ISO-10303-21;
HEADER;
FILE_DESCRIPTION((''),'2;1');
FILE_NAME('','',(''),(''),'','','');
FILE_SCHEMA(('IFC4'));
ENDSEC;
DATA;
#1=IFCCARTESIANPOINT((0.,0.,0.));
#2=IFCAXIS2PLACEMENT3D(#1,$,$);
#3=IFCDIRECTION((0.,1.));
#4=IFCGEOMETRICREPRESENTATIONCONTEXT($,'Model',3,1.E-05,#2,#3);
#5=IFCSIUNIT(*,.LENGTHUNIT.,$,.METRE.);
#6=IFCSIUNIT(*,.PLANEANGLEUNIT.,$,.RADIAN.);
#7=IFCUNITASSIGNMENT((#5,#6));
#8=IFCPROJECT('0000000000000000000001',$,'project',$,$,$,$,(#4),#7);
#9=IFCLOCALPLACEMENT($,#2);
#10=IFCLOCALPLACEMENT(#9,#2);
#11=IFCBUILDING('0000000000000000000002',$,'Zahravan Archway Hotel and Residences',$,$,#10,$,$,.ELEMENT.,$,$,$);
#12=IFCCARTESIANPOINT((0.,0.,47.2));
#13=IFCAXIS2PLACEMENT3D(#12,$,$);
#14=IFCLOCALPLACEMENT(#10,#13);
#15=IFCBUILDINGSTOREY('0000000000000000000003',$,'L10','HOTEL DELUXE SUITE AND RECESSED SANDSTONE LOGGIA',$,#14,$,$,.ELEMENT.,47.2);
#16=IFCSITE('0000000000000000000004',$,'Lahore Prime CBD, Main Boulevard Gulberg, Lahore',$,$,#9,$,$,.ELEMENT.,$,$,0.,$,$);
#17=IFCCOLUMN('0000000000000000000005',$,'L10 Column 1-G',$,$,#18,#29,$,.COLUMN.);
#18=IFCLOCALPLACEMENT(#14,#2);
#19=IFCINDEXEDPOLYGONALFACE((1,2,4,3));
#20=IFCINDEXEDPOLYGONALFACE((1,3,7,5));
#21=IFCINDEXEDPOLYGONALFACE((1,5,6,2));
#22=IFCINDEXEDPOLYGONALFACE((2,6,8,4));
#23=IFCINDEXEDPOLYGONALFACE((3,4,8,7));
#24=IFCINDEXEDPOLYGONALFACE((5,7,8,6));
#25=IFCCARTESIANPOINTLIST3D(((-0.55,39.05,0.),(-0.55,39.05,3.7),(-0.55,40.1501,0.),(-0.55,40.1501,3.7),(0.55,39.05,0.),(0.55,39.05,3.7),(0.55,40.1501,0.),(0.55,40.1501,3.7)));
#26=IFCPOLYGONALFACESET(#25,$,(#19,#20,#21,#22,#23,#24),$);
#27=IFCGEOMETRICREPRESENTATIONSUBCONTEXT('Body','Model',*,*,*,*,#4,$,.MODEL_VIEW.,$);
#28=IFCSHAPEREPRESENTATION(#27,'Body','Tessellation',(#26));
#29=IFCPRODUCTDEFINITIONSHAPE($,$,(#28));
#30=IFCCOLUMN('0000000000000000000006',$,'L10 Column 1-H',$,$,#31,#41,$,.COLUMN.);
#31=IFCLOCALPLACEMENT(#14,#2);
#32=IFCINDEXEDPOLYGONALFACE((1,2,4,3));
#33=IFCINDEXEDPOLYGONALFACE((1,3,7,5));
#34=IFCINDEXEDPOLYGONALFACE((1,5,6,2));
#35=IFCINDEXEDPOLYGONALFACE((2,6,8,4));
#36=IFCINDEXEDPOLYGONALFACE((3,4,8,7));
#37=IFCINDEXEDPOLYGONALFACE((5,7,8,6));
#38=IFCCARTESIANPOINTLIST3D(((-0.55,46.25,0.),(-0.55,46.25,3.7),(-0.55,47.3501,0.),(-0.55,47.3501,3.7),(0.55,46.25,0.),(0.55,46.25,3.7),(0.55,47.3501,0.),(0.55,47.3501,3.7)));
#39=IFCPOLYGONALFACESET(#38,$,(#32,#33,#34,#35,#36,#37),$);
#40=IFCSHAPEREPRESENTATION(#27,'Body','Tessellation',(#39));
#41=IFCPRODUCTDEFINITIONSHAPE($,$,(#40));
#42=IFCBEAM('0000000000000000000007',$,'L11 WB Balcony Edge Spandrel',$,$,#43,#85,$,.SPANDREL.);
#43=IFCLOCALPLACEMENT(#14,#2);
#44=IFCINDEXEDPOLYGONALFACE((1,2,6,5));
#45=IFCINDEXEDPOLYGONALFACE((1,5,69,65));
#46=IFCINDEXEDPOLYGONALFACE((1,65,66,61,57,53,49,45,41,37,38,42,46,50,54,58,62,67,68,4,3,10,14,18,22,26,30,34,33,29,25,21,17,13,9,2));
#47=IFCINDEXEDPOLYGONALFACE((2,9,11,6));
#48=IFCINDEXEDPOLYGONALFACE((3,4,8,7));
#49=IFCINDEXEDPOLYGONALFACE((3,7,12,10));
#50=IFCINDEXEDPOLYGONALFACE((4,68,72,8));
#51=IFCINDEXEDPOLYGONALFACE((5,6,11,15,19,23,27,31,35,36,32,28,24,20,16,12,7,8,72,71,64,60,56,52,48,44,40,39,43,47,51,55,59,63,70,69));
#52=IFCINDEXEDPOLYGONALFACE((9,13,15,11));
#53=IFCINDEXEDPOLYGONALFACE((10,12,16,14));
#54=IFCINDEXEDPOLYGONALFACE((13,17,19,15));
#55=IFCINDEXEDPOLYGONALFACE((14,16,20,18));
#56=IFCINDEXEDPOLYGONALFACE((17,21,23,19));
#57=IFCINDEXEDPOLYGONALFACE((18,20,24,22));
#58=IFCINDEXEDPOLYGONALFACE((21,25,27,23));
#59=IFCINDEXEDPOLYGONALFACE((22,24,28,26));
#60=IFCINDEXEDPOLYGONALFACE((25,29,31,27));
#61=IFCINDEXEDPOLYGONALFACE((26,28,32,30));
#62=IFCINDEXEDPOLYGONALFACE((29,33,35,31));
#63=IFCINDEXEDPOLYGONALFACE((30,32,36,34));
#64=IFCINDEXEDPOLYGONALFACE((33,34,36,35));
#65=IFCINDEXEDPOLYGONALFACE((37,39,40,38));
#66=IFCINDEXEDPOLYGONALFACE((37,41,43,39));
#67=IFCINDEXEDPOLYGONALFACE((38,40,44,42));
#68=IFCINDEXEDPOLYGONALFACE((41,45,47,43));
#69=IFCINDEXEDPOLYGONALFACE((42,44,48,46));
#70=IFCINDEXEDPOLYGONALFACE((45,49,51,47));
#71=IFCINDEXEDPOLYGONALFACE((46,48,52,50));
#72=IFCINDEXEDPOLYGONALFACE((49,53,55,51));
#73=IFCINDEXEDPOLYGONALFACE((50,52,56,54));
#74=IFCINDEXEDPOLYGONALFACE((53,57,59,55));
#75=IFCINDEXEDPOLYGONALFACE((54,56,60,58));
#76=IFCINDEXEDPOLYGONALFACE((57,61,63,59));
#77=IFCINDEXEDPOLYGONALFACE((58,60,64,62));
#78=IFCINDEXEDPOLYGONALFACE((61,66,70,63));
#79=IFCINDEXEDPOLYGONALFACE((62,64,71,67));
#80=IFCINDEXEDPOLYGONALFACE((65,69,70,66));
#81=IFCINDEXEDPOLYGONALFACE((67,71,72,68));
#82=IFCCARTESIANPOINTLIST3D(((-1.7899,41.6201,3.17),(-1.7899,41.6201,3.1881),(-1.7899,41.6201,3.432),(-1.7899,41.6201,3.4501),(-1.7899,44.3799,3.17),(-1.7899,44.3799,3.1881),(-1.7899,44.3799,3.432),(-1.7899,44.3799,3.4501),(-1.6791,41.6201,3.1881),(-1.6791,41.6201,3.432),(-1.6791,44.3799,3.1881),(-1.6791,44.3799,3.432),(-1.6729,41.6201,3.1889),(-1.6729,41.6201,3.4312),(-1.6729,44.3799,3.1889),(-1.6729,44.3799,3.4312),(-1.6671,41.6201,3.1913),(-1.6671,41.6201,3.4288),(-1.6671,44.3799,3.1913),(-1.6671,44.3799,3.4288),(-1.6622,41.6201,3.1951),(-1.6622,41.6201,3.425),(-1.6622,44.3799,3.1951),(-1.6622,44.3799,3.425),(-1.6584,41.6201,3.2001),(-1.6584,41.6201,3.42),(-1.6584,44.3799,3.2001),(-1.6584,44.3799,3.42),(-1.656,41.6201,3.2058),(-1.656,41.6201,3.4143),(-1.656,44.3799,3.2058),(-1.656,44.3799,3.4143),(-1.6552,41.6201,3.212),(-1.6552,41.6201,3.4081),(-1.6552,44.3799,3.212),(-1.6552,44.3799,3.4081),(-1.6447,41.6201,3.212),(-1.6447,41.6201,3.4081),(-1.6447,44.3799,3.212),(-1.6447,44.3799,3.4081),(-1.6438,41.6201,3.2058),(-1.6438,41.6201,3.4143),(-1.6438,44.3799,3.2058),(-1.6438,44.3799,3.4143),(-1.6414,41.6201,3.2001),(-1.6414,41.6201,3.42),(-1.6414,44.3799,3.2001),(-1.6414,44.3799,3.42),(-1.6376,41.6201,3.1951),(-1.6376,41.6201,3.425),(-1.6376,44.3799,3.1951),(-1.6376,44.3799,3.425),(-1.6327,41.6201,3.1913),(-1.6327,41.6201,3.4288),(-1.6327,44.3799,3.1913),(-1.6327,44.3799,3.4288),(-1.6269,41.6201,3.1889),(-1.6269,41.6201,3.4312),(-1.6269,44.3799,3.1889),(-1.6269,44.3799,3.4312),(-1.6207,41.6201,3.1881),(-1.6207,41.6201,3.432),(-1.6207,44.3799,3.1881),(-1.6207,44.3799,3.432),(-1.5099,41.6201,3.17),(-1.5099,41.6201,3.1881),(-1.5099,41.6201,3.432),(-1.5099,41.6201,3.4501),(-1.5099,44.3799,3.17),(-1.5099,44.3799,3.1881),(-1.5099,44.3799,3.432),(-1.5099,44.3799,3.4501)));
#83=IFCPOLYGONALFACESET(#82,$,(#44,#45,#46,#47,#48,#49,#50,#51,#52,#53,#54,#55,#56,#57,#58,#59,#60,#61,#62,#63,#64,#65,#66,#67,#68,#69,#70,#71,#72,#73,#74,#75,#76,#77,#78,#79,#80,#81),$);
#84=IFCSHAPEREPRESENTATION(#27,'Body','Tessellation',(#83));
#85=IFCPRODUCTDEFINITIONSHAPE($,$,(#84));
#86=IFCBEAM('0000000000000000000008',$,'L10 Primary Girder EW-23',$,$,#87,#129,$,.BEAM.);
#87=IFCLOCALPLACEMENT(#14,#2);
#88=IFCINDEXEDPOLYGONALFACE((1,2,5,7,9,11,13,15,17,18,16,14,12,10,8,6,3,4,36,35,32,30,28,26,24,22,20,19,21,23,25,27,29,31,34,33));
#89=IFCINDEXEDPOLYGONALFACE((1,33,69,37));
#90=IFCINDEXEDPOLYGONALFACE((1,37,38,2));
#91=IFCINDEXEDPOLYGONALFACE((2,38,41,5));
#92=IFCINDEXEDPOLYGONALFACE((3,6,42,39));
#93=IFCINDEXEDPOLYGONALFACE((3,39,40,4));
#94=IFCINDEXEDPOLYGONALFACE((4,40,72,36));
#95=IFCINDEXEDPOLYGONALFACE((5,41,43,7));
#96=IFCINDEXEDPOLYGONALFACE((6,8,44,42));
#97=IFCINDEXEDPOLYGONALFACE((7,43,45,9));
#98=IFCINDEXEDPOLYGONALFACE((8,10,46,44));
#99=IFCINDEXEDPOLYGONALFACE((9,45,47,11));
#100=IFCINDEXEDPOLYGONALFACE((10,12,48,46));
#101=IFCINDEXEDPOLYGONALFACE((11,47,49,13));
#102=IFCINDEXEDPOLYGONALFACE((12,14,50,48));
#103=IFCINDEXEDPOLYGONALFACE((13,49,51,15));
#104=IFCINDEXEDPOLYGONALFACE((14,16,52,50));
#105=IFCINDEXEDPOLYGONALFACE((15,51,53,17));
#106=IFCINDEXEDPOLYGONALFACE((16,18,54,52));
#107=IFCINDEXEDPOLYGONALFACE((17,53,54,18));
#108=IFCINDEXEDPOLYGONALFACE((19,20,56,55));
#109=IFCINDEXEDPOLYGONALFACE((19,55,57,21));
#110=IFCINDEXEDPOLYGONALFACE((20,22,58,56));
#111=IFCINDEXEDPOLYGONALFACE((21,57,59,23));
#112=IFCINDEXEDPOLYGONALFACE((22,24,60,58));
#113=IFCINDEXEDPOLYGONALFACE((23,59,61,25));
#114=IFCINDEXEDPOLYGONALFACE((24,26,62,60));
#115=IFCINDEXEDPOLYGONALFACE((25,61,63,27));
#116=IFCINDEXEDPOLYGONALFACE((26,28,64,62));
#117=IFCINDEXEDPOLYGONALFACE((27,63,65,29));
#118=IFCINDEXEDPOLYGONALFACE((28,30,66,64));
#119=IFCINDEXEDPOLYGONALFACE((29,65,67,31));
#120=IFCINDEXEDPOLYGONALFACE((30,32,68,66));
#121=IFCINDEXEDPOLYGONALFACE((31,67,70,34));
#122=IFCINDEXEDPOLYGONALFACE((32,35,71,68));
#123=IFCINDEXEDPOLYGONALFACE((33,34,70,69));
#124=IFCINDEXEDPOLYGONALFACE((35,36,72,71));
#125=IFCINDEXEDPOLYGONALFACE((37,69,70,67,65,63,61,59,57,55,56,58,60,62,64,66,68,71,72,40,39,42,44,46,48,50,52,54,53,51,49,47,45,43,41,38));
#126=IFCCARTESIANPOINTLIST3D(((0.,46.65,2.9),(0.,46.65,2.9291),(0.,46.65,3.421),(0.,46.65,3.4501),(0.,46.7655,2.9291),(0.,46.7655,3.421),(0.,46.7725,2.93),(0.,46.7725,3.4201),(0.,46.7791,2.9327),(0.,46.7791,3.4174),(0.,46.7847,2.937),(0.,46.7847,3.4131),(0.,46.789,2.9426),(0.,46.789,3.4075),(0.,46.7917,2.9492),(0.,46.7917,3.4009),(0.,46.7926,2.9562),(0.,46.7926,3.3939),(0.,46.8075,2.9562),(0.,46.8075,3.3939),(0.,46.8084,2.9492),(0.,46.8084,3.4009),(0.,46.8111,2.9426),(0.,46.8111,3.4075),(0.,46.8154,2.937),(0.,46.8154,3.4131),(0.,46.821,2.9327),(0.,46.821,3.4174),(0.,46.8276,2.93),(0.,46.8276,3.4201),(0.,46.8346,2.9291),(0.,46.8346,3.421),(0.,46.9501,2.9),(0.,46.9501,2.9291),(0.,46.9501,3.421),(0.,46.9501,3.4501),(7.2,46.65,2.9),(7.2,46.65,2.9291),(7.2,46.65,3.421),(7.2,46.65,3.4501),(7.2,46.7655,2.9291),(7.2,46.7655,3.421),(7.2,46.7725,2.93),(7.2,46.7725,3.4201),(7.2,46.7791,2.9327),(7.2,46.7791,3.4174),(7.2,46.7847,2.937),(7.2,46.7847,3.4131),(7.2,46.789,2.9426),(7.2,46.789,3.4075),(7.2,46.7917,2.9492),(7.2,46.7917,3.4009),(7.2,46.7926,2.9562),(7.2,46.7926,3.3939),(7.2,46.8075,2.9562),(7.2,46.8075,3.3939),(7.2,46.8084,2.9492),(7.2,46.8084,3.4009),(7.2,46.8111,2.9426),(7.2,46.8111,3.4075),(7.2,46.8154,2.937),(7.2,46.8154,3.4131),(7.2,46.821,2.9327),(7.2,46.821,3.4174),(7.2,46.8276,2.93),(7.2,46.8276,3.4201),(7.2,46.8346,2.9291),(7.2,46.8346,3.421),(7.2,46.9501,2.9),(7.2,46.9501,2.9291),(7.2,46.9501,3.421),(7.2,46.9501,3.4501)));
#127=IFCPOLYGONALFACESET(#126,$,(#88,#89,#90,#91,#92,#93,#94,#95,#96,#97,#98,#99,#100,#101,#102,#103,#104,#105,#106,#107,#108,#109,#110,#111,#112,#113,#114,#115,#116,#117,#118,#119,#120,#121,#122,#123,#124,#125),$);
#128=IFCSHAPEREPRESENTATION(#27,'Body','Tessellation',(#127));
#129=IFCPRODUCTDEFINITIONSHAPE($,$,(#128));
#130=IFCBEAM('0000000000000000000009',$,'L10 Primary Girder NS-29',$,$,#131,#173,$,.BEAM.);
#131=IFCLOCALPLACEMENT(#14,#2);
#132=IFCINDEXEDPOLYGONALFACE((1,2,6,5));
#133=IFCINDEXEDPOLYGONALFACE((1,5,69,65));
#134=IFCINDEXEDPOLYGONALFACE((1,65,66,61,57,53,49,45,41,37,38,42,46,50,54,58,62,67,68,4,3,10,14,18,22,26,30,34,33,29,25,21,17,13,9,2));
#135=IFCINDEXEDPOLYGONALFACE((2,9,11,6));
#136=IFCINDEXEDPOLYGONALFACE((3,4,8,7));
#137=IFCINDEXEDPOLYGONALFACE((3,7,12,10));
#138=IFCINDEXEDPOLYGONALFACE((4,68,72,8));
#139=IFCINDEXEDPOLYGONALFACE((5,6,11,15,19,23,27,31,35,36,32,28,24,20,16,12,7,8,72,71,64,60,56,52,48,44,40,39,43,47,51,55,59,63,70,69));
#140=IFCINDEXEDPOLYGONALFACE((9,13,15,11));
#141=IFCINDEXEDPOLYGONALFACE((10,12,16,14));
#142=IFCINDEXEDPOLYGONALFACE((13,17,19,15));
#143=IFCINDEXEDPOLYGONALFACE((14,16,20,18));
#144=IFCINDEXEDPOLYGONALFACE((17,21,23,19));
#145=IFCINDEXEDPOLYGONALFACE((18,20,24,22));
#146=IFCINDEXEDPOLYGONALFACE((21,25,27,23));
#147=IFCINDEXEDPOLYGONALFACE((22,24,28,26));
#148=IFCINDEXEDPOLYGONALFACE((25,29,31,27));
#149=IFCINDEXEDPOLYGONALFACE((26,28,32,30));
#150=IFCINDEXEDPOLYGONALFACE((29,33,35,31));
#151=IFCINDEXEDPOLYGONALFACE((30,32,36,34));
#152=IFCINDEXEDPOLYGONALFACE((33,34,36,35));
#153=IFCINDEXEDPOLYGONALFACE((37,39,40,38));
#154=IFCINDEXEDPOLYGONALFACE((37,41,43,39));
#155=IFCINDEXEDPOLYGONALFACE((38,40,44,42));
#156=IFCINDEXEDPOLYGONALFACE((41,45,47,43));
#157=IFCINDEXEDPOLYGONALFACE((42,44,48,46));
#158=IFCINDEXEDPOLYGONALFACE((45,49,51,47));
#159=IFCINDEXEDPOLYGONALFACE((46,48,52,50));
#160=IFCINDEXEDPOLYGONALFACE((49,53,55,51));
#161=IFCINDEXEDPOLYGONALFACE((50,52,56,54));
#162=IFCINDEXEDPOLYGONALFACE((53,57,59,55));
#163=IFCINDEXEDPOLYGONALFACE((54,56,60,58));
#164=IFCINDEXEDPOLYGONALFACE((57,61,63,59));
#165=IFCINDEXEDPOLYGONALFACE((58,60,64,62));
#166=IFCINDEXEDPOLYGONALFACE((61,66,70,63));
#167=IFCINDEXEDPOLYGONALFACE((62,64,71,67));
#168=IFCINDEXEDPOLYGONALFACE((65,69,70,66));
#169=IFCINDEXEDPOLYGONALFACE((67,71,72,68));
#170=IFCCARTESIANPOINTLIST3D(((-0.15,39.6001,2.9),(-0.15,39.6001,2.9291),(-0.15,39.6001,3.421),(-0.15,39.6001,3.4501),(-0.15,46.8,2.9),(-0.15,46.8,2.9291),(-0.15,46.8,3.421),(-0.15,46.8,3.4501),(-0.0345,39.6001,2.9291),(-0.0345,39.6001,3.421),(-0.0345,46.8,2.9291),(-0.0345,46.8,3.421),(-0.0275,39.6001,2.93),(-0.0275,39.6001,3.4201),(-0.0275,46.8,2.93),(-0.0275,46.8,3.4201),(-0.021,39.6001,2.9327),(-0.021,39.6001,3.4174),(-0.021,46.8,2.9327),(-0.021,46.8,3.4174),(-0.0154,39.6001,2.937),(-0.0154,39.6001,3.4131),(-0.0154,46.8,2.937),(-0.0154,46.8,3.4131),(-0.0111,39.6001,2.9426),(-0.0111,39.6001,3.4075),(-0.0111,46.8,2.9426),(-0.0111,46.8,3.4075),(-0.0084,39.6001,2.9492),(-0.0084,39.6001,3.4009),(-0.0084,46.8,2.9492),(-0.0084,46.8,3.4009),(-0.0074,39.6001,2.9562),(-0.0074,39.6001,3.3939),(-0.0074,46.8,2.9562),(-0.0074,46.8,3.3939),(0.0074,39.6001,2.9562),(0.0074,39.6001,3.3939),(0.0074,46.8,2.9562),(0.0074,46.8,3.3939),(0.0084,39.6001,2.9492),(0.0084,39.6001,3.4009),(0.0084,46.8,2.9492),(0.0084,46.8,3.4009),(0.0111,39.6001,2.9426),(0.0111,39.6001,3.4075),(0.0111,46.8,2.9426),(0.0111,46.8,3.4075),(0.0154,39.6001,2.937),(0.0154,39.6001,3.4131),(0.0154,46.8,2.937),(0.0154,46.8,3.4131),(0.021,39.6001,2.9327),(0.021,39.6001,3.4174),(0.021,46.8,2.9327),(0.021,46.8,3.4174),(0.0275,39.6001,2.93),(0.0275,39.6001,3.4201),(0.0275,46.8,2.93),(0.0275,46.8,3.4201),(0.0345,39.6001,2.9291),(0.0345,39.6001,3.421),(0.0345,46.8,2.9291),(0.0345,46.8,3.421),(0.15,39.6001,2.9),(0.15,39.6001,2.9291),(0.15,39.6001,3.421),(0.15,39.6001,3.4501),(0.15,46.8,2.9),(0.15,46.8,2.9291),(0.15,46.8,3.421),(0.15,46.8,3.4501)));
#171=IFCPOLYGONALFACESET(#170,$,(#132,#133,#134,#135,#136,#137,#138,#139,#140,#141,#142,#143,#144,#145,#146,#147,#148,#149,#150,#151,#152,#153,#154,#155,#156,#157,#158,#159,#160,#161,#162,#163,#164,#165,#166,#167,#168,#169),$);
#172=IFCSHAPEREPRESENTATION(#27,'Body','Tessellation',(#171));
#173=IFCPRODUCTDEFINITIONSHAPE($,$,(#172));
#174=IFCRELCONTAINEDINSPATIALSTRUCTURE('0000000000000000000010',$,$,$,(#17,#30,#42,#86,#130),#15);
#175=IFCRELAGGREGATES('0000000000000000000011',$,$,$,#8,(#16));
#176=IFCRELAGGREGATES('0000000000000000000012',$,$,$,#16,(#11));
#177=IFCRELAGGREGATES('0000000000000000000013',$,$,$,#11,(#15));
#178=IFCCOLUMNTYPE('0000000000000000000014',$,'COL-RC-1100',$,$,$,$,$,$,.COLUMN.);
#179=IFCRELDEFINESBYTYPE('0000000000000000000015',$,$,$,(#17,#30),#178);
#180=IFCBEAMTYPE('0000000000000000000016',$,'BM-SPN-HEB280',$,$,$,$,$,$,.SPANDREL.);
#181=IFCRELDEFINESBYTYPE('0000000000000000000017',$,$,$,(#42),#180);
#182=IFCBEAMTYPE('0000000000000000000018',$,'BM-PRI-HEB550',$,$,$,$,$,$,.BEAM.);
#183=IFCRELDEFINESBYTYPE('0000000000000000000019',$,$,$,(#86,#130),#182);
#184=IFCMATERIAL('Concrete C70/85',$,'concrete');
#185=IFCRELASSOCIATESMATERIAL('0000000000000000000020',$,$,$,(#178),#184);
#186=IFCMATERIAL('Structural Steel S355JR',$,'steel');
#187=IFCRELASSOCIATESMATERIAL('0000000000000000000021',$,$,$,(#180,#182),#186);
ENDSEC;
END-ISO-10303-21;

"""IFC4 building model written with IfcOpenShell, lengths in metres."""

from ifc_helpers import new_model, si_unit, direction, frame, origin, origin_2d, place, context, subcontext, project, spatial, rectangle, i_section, extrude, source, transform, mapped, material, material_profile, profile_set, type_object, element, save


model = new_model("IFC4")

# Units and contexts
model_context = context("Model", 3, precision=1e-05, world=origin(), true_north=direction((0.0, 1.0)))
body_context = subcontext(model_context, "Body", "Model", "MODEL_VIEW")
ifc_project = project(units=[si_unit("LENGTHUNIT", "METRE"), si_unit("PLANEANGLEUNIT", "RADIAN")], contexts=[model_context])

# Site, building, storey
site_placement = place(None, origin())
site = spatial("IfcSite", under=ifc_project, at=site_placement, Name="Lahore Prime CBD, Main Boulevard Gulberg, Lahore", CompositionType="ELEMENT", RefElevation=0.0)
building_placement = place(site_placement, origin())
building = spatial("IfcBuilding", under=site, at=building_placement, Name="Zahravan Archway Hotel and Residences", CompositionType="ELEMENT")
storey_placement = place(building_placement, frame((0.0, 0.0, 47.2)))
storey = spatial("IfcBuildingStorey", under=building, at=storey_placement, Name="L10", Description="HOTEL DELUXE SUITE AND RECESSED SANDSTONE LOGGIA", CompositionType="ELEMENT", Elevation=47.2)

# Columns
ifc_material_1 = material(Name="Concrete C70/85", Category="concrete")
ifc_material_profile_1 = material_profile(ifc_material_1, rectangle(XDim=1.1001, YDim=1.1001, at=origin_2d()), Name="RC 1100x1100", Category="concrete")
ifc_profile_set_1 = profile_set([ifc_material_profile_1], Name="Concrete C70/85")
column_type = type_object("IfcColumnType", Name="COL-RC-1100", PredefinedType="COLUMN", material=ifc_profile_set_1)
shared_shape_1 = source(origin(), body_context, "Body", "SweptSolid", [
    extrude(rectangle(XDim=1.1001, YDim=1.1001, at=origin_2d()), origin(), (0.0, 0.0, 1.0), 3.7),
])
for number, where, z_axis, x_axis, name in (
    (1, (0.0, 39.6001, 0.0), (0.0, 0.0, 1.0), (1.0, 0.0, 0.0), "L10 Column 1-G"),
    (2, (0.0, 46.8, 0.0), (0.0, 0.0, 1.0), (1.0, 0.0, 0.0), "L10 Column 1-H"),
):
    element("IfcColumn", number, at=place(storey_placement, frame(where, z_axis=z_axis, x_axis=x_axis)), inside=storey, type_object=column_type, Name=name, PredefinedType="COLUMN", context=body_context, shape_type="MappedRepresentation", body=[
        mapped(shared_shape_1, transform((0.0, 0.0, 0.0), scale=1.0)),
    ])

# Beams
ifc_material_2 = material(Name="Structural Steel S355JR", Category="steel")
ifc_material_profile_2 = material_profile(ifc_material_2, i_section(OverallWidth=0.28, OverallDepth=0.28, WebThickness=0.0105, FlangeThickness=0.0181, FilletRadius=0.0239, at=origin_2d()), Name="HEB 280", Category="steel")
ifc_profile_set_2 = profile_set([ifc_material_profile_2], Name="Structural Steel S355JR")
beam_type_1 = type_object("IfcBeamType", Name="BM-SPN-HEB280", PredefinedType="SPANDREL", material=ifc_profile_set_2)
shared_shape_2 = source(origin(), body_context, "Body", "SweptSolid", [
    extrude(i_section(OverallWidth=0.28, OverallDepth=0.28, WebThickness=0.0105, FlangeThickness=0.0181, FilletRadius=0.0239, at=origin_2d()), origin(), (0.0, 0.0, 1.0), 2.7598),
])
beam_placement = place(storey_placement, frame((-1.6499, 41.6201, 3.3101), z_axis=(0.0, 1.0, 0.0), x_axis=(-1.0, 0.0, 0.0)))
element("IfcBeam", 3, at=beam_placement, inside=storey, type_object=beam_type_1, Name="L11 WB Balcony Edge Spandrel", PredefinedType="SPANDREL", context=body_context, shape_type="MappedRepresentation", body=[
    mapped(shared_shape_2, transform((0.0, 0.0, 0.0), scale=1.0)),
])
ifc_material_profile_3 = material_profile(ifc_material_2, i_section(OverallWidth=0.3, OverallDepth=0.55, WebThickness=0.0149, FlangeThickness=0.0291, FilletRadius=0.0271, at=origin_2d()), Name="HEB 550", Category="steel")
ifc_profile_set_3 = profile_set([ifc_material_profile_3], Name="Structural Steel S355JR")
beam_type_2 = type_object("IfcBeamType", Name="BM-PRI-HEB550", PredefinedType="BEAM", material=ifc_profile_set_3)
shared_shape_3 = source(origin(), body_context, "Body", "SweptSolid", [
    extrude(i_section(OverallWidth=0.3, OverallDepth=0.55, WebThickness=0.0149, FlangeThickness=0.0291, FilletRadius=0.0271, at=origin_2d()), origin(), (0.0, 0.0, 1.0), 7.2),
])
for number, where, z_axis, x_axis, name in (
    (4, (0.0, 46.8, 3.175), (1.0, 0.0, 0.0), (0.0, 1.0, 0.0), "L10 Primary Girder EW-23"),
    (5, (0.0, 39.6001, 3.175), (0.0, 1.0, 0.0), (-1.0, 0.0, 0.0), "L10 Primary Girder NS-29"),
):
    element("IfcBeam", number, at=place(storey_placement, frame(where, z_axis=z_axis, x_axis=x_axis)), inside=storey, type_object=beam_type_2, Name=name, PredefinedType="BEAM", context=body_context, shape_type="MappedRepresentation", body=[
        mapped(shared_shape_3, transform((0.0, 0.0, 0.0), scale=1.0)),
    ])

save(model, "model.ifc")
